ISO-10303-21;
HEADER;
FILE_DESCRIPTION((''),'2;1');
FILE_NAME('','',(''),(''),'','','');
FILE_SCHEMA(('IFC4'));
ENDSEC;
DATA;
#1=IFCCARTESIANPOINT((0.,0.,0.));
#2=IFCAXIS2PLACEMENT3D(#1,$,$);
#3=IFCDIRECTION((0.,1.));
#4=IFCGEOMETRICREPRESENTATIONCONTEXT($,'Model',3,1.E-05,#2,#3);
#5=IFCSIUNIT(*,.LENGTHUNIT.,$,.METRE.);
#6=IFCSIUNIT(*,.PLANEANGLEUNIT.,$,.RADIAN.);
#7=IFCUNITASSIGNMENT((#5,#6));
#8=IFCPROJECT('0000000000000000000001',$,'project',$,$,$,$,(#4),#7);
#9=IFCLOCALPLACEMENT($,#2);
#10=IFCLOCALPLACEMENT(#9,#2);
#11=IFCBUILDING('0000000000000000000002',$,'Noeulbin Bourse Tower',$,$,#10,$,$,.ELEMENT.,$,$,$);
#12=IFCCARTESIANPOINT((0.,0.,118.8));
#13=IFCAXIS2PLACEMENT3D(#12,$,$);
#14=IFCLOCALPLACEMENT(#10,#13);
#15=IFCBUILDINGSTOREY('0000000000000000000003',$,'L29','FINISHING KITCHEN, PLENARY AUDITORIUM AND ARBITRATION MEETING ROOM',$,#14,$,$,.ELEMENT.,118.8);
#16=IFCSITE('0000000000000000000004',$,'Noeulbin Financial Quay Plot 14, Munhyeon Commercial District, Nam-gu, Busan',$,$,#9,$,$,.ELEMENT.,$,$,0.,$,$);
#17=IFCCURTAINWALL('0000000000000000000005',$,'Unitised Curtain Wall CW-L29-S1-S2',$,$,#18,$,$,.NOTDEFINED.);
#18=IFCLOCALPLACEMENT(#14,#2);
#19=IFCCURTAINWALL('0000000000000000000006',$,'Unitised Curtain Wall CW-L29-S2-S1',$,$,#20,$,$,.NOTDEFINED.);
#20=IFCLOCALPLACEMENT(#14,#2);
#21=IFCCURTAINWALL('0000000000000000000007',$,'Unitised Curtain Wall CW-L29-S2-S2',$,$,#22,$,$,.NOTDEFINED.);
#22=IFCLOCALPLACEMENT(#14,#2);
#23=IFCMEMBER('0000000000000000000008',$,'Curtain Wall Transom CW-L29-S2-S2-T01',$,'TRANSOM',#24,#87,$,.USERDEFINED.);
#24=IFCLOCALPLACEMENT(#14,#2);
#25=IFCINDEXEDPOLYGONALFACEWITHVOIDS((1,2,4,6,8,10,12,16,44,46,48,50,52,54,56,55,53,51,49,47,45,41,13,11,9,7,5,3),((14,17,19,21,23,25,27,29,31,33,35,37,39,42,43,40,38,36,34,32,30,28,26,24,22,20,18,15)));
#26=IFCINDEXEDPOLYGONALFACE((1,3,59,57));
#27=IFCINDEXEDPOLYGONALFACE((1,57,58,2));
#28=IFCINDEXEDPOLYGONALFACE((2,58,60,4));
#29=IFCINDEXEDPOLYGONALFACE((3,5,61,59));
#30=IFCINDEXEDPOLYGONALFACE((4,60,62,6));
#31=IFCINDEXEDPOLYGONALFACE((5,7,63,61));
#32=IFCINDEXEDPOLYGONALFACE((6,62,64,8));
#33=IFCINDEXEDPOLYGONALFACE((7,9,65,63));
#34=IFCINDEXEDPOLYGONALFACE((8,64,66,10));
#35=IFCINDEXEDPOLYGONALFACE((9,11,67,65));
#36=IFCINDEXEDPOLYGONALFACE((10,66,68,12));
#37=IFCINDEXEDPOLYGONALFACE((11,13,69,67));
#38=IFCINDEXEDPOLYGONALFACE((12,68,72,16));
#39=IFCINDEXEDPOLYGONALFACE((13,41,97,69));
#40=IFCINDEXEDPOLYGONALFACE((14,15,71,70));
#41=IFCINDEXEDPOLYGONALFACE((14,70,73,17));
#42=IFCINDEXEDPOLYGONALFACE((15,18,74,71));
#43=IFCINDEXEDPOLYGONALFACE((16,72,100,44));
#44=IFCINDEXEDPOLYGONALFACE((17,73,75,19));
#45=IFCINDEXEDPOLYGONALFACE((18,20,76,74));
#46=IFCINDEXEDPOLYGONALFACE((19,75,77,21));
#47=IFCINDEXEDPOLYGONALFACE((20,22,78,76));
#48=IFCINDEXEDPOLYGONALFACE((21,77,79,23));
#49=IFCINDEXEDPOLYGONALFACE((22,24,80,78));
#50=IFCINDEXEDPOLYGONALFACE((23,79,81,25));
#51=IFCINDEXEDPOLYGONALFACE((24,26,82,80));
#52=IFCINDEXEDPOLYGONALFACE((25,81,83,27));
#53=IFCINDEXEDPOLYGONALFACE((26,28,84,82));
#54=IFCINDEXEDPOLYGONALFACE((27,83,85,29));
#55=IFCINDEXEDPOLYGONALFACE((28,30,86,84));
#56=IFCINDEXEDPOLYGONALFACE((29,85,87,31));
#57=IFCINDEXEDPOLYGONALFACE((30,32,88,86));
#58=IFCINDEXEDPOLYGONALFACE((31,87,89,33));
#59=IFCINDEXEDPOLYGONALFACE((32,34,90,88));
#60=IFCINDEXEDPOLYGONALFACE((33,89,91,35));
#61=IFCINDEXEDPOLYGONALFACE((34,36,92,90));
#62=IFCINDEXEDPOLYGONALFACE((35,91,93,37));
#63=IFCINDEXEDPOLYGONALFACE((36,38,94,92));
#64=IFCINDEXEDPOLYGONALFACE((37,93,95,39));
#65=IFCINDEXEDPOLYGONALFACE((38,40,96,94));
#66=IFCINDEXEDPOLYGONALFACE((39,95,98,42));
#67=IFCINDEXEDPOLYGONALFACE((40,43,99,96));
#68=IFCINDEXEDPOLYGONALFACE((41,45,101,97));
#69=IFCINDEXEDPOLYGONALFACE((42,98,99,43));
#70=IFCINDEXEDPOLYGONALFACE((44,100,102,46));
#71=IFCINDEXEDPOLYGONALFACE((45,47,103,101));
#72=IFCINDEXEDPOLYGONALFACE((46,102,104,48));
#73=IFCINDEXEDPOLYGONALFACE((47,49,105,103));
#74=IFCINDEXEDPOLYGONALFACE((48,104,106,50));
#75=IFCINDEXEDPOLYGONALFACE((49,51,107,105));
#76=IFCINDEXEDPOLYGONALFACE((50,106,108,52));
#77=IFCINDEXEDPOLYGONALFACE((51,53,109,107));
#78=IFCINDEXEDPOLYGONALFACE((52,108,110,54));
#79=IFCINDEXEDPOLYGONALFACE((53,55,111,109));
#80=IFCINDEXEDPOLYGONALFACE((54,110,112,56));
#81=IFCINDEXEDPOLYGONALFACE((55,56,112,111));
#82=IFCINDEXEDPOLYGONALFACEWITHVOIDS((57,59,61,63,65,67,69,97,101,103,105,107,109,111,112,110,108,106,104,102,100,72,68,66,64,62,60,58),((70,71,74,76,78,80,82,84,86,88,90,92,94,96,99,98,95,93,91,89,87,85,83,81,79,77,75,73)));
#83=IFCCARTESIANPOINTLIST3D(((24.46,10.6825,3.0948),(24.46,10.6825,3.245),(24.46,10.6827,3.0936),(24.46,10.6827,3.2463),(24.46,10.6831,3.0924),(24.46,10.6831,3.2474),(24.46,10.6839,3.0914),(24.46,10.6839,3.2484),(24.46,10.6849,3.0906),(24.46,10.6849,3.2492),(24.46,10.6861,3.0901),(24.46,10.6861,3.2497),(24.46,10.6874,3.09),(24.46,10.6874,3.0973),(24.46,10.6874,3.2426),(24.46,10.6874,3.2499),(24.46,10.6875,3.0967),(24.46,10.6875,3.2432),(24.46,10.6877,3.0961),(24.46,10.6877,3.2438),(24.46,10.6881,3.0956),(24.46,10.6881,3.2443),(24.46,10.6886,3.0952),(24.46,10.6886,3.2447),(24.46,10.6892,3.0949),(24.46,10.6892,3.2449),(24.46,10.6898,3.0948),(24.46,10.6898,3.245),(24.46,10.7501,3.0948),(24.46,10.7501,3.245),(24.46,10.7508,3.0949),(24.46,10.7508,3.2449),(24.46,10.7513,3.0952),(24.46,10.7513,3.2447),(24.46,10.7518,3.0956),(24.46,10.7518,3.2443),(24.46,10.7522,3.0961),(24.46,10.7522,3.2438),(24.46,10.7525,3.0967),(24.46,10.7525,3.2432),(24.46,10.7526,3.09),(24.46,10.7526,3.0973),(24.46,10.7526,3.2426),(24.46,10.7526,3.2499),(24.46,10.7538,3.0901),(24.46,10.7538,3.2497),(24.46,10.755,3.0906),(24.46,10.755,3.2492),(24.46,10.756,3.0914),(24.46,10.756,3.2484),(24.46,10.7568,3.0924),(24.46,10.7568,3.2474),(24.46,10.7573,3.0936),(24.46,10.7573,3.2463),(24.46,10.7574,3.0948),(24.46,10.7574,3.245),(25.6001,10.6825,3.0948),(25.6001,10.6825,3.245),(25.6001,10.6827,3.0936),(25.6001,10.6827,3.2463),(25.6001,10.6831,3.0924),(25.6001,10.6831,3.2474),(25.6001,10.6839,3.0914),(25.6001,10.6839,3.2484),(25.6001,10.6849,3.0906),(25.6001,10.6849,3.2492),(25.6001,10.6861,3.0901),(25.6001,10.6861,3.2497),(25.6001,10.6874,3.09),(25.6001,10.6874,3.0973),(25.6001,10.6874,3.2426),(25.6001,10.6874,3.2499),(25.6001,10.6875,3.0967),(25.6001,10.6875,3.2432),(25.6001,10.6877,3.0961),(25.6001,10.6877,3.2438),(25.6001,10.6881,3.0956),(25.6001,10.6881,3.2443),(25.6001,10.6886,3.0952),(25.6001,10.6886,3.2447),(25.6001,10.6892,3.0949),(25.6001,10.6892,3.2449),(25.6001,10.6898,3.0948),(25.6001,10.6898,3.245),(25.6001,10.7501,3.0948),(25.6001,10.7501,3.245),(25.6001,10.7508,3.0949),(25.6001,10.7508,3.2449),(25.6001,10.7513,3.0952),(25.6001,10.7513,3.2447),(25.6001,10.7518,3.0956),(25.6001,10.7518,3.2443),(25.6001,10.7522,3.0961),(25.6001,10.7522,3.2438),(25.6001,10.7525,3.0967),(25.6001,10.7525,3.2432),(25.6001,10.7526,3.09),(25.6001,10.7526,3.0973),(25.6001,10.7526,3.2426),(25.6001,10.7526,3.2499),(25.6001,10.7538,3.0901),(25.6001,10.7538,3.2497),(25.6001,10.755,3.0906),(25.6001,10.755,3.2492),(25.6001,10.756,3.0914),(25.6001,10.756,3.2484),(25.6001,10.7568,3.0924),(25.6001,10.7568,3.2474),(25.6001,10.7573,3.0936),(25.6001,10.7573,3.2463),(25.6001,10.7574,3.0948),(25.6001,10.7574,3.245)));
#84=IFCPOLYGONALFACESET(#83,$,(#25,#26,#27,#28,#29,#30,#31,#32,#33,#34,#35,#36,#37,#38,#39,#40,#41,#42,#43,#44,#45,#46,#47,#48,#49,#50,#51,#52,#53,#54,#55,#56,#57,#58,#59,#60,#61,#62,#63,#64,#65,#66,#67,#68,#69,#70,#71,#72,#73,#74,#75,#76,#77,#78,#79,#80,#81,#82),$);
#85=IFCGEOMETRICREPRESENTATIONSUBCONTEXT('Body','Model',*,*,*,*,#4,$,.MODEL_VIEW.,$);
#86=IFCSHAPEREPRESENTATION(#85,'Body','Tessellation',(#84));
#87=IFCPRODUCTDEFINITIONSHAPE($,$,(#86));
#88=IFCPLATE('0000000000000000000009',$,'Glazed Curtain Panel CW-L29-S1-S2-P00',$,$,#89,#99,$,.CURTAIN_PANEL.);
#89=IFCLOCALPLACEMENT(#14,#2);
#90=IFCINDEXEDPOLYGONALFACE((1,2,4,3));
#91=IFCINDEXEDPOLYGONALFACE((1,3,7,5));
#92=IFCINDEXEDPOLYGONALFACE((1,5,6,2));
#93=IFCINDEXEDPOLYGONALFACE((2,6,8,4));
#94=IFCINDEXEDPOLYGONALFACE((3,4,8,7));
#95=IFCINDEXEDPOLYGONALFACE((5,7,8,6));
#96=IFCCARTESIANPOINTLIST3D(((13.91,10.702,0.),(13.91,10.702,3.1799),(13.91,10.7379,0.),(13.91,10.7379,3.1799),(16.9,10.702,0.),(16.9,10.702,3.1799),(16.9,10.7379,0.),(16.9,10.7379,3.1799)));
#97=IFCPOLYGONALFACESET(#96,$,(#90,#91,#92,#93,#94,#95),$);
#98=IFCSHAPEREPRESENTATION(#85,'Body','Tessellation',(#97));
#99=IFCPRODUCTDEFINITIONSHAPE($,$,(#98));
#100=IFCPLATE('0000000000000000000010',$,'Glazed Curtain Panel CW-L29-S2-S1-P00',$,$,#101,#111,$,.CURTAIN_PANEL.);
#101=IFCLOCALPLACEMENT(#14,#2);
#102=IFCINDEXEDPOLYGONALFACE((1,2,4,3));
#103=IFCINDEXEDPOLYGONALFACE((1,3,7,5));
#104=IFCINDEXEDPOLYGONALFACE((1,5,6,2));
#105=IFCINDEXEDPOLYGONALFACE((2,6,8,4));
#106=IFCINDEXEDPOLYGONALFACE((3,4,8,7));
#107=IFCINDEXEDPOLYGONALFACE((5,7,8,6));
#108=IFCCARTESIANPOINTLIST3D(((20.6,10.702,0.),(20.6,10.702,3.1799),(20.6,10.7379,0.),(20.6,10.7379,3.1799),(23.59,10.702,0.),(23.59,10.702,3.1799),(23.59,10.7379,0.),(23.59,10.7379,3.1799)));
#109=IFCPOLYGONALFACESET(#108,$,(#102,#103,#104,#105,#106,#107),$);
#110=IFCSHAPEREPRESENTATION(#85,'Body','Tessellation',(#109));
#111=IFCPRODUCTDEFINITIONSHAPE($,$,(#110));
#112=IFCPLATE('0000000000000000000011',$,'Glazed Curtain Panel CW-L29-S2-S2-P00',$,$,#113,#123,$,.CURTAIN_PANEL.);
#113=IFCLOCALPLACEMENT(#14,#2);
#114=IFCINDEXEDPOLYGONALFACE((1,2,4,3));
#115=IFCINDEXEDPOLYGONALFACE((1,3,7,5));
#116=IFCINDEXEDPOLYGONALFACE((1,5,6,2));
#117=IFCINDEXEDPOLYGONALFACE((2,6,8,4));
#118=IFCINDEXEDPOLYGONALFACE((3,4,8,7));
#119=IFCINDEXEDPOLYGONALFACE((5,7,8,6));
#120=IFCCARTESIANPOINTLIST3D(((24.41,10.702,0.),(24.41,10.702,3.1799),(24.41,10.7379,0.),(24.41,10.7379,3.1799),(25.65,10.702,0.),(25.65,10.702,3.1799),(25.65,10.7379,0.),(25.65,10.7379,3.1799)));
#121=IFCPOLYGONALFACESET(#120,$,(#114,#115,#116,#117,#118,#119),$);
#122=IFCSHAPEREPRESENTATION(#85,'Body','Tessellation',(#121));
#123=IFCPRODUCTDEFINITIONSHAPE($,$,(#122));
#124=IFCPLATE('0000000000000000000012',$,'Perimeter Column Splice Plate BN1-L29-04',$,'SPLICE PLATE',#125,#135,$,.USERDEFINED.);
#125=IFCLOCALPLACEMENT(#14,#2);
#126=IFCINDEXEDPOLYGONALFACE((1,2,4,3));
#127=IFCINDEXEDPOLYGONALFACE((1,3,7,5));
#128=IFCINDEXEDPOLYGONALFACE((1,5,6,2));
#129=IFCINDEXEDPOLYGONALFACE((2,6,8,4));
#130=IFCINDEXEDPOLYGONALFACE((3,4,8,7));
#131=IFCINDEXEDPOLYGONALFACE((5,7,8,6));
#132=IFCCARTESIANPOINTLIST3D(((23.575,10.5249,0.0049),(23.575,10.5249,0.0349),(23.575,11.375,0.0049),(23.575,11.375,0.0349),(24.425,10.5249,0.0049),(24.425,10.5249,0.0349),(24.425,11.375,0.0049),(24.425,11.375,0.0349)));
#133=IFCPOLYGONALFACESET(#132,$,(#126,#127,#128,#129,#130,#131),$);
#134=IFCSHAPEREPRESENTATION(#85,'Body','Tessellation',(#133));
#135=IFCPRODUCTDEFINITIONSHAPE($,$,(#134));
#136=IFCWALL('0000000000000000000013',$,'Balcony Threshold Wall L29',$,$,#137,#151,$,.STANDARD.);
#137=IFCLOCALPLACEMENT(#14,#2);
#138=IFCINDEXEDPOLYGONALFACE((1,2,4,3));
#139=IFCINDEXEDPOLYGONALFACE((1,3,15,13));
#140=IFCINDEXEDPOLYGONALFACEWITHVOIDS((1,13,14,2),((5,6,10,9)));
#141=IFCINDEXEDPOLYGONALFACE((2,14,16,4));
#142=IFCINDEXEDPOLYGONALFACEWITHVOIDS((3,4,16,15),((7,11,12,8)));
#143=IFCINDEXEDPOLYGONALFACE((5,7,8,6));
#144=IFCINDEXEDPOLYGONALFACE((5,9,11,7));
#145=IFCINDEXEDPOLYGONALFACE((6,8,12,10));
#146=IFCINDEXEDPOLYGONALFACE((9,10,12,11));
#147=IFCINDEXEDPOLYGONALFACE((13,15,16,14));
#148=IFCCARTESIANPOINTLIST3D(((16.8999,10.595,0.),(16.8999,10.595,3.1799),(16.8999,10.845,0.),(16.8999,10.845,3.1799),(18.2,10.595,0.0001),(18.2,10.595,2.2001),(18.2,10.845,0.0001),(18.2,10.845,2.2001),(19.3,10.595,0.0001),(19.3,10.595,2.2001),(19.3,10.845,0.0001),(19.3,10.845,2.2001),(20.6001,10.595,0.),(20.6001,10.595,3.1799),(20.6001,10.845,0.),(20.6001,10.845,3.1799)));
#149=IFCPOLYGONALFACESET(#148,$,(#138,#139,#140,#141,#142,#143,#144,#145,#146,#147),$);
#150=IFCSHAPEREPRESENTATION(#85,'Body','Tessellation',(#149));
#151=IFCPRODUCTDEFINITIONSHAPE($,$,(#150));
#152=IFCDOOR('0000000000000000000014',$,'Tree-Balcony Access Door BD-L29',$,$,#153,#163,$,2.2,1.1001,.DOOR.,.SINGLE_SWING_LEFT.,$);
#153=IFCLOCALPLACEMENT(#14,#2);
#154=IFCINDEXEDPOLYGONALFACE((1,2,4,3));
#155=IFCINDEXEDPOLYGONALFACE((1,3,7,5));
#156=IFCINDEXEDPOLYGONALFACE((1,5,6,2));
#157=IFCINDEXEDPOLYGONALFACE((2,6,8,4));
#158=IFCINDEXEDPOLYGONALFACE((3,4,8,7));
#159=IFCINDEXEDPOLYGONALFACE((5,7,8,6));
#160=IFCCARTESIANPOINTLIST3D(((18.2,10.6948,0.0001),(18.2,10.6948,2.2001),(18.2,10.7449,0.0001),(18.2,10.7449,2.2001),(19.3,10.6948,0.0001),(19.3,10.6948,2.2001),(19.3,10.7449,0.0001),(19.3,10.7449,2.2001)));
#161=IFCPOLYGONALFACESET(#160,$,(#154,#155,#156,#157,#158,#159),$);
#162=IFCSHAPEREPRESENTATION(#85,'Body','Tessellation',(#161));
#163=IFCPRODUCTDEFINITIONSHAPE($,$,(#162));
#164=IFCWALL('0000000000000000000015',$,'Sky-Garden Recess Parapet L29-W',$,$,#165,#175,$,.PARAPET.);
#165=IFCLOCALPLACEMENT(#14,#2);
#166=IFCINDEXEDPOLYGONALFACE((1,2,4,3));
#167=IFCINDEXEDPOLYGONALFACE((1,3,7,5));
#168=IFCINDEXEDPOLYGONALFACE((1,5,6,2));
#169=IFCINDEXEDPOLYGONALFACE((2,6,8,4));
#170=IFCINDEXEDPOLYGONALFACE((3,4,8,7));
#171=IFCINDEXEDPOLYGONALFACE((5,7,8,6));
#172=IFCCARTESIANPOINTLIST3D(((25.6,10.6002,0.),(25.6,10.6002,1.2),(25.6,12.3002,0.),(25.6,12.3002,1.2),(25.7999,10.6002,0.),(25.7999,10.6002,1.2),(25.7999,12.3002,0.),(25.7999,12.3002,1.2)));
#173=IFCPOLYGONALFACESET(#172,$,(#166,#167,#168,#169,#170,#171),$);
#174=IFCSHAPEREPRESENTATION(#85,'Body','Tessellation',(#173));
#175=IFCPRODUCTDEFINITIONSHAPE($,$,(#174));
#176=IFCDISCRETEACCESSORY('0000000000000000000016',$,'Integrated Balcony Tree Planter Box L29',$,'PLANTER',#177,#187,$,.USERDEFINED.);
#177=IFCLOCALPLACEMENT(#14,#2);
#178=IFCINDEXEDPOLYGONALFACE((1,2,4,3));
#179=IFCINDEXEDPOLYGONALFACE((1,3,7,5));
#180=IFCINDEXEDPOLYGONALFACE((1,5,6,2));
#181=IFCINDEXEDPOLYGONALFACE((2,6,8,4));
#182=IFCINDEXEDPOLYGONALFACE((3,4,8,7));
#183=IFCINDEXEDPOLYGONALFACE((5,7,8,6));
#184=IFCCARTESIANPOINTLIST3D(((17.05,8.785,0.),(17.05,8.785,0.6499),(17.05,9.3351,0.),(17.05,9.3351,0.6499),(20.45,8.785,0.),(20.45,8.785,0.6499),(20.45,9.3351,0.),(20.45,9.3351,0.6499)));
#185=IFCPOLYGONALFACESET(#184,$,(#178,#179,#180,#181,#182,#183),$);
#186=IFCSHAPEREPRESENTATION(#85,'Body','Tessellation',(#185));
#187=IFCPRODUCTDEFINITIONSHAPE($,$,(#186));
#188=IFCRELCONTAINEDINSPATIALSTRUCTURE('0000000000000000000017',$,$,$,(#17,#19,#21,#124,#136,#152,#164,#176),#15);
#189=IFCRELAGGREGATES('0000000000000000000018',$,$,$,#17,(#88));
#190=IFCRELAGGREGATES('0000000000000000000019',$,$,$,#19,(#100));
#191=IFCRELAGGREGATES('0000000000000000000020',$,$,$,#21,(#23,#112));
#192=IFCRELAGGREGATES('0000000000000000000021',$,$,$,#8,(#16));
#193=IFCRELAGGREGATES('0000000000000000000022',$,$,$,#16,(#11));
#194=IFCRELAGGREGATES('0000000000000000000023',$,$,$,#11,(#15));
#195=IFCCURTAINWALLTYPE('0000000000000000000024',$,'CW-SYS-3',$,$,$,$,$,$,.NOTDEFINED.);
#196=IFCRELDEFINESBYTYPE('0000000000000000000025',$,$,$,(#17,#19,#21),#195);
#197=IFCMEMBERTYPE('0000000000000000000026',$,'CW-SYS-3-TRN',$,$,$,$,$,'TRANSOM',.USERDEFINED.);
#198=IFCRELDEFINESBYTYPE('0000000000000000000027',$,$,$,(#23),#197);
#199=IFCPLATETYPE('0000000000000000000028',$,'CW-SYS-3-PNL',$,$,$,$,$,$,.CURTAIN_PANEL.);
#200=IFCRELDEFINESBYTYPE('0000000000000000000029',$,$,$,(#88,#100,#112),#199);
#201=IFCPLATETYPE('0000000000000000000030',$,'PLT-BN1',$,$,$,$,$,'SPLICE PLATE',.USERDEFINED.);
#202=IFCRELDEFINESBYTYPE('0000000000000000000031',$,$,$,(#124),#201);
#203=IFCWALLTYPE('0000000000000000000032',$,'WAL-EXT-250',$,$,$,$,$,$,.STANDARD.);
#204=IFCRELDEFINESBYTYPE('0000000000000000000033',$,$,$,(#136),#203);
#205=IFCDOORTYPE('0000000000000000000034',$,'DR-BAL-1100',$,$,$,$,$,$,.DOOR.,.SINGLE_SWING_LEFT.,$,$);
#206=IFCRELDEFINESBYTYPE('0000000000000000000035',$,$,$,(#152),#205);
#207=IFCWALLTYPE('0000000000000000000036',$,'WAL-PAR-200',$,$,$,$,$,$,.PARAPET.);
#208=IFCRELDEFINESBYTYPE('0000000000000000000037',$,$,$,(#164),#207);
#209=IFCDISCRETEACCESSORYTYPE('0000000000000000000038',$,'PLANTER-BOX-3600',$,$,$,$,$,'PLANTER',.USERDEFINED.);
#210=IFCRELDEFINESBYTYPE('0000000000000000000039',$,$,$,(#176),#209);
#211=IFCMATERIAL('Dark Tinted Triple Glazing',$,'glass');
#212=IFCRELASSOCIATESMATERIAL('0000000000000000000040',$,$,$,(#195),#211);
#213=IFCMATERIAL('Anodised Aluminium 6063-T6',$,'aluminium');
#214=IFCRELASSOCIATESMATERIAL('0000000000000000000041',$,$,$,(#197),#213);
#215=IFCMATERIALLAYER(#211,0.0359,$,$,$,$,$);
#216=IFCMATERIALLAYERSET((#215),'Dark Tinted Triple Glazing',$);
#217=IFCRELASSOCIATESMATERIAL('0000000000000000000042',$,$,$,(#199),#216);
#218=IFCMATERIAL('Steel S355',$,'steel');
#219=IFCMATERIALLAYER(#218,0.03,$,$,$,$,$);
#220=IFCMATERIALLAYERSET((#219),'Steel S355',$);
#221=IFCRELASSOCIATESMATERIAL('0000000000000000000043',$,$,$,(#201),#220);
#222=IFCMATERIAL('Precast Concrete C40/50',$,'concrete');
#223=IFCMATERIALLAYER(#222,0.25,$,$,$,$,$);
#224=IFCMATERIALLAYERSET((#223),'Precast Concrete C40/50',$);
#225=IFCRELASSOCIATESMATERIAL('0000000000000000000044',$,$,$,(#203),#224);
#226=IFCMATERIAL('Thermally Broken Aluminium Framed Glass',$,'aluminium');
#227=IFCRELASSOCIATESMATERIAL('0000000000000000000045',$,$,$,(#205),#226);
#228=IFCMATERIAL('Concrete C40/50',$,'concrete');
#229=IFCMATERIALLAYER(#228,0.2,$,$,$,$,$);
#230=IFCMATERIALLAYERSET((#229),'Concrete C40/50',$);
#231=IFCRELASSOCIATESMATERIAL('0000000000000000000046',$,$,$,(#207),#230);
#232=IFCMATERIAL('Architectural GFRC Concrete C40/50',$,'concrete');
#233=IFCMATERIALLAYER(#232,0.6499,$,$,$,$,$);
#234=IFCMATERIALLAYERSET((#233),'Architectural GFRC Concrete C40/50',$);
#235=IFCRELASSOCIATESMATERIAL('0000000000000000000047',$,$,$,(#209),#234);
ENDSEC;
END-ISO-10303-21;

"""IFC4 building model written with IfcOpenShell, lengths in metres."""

from ifc_helpers import new_model, si_unit, direction, frame, frame_2d, origin, origin_2d, place, context, subcontext, project, spatial, rectangle, hollow_rectangle, extrude, material, layer, layer_set, material_profile, profile_set, type_object, element, fill, aggregate, save


model = new_model("IFC4")

# Units and contexts
model_context = context("Model", 3, precision=1e-05, world=origin(), true_north=direction((0.0, 1.0)))
body_context = subcontext(model_context, "Body", "Model", "MODEL_VIEW")
ifc_project = project(units=[si_unit("LENGTHUNIT", "METRE"), si_unit("PLANEANGLEUNIT", "RADIAN")], contexts=[model_context])

# Site, building, storey
site_placement = place(None, origin())
site = spatial("IfcSite", under=ifc_project, at=site_placement, Name="Noeulbin Financial Quay Plot 14, Munhyeon Commercial District, Nam-gu, Busan", CompositionType="ELEMENT", RefElevation=0.0)
building_placement = place(site_placement, origin())
building = spatial("IfcBuilding", under=site, at=building_placement, Name="Noeulbin Bourse Tower", CompositionType="ELEMENT")
storey_placement = place(building_placement, frame((0.0, 0.0, 118.8)))
storey = spatial("IfcBuildingStorey", under=building, at=storey_placement, Name="L29", Description="FINISHING KITCHEN, PLENARY AUDITORIUM AND ARBITRATION MEETING ROOM", CompositionType="ELEMENT", Elevation=118.8)

# Shared definitions
ifc_material_1 = material(Name="Steel S355", Category="steel")

# Curtain wall
ifc_material_2 = material(Name="Dark Tinted Triple Glazing", Category="glass")
curtain_wall_type = type_object("IfcCurtainWallType", Name="CW-SYS-3", PredefinedType="NOTDEFINED", material=ifc_material_2)
curtain_wall_1_placement = place(storey_placement, origin())
curtain_wall_1 = element("IfcCurtainWall", 1, at=curtain_wall_1_placement, inside=storey, type_object=curtain_wall_type, Name="Unitised Curtain Wall CW-L29-S1-S2", PredefinedType="NOTDEFINED")
ifc_material_3 = material(Name="Anodised Aluminium 6063-T6", Category="aluminium")

# Curtain walls
curtain_wall_2_placement = place(storey_placement, origin())
curtain_wall_2 = element("IfcCurtainWall", 2, at=curtain_wall_2_placement, inside=storey, type_object=curtain_wall_type, Name="Unitised Curtain Wall CW-L29-S2-S1", PredefinedType="NOTDEFINED")
curtain_wall_3_placement = place(storey_placement, origin())
curtain_wall_3 = element("IfcCurtainWall", 3, at=curtain_wall_3_placement, inside=storey, type_object=curtain_wall_type, Name="Unitised Curtain Wall CW-L29-S2-S2", PredefinedType="NOTDEFINED")

# Member
ifc_material_profile_1 = material_profile(ifc_material_3, hollow_rectangle(XDim=0.075, YDim=0.1599, WallThickness=0.0049, InnerFilletRadius=0.0024, OuterFilletRadius=0.0049, at=origin_2d()), Name="ALU-TRAN-75x160x5", Category="LoadBearing")
ifc_profile_set_1 = profile_set([ifc_material_profile_1], Name="Anodised Aluminium 6063-T6")
member_type_1 = type_object("IfcMemberType", Name="CW-SYS-3-TRN", ElementType="TRANSOM", PredefinedType="USERDEFINED", material=ifc_profile_set_1)
member_1_placement = place(storey_placement, frame((24.46, 10.72, 3.1699), z_axis=(1.0, 0.0, 0.0), x_axis=(0.0, 1.0, 0.0)))
member_1 = element("IfcMember", 4, at=member_1_placement, type_object=member_type_1, Name="Curtain Wall Transom CW-L29-S2-S2-T01", ObjectType="TRANSOM", PredefinedType="USERDEFINED", context=body_context, shape_type="SweptSolid", body=[
    extrude(hollow_rectangle(XDim=0.075, YDim=0.1599, WallThickness=0.0049, InnerFilletRadius=0.0024, OuterFilletRadius=0.0049, at=origin_2d()), origin(), (0.0, 0.0, 1.0), 1.1401),
])

# Plates
ifc_layer_1 = layer(ifc_material_2, 0.0359)
ifc_layer_set_1 = layer_set([ifc_layer_1], Name="Dark Tinted Triple Glazing")
plate_type_1 = type_object("IfcPlateType", Name="CW-SYS-3-PNL", PredefinedType="CURTAIN_PANEL", material=ifc_layer_set_1)
plate_1_placement = place(storey_placement, frame((15.405, 10.72, 0.0), z_axis=(0.0, 0.0, 1.0), x_axis=(1.0, 0.0, 0.0)))
plate_1 = element("IfcPlate", 5, at=plate_1_placement, type_object=plate_type_1, Name="Glazed Curtain Panel CW-L29-S1-S2-P00", PredefinedType="CURTAIN_PANEL", context=body_context, shape_type="SweptSolid", body=[
    extrude(rectangle(XDim=2.99, YDim=0.0359, at=origin_2d()), origin(), (0.0, 0.0, 1.0), 3.1799),
])
aggregate(curtain_wall_1, [plate_1])
plate_2_placement = place(storey_placement, frame((22.095, 10.72, 0.0), z_axis=(0.0, 0.0, 1.0), x_axis=(1.0, 0.0, 0.0)))
plate_2 = element("IfcPlate", 6, at=plate_2_placement, type_object=plate_type_1, Name="Glazed Curtain Panel CW-L29-S2-S1-P00", PredefinedType="CURTAIN_PANEL", context=body_context, shape_type="SweptSolid", body=[
    extrude(rectangle(XDim=2.99, YDim=0.0359, at=origin_2d()), origin(), (0.0, 0.0, 1.0), 3.1799),
])
aggregate(curtain_wall_2, [plate_2])
plate_3_placement = place(storey_placement, frame((25.03, 10.72, 0.0), z_axis=(0.0, 0.0, 1.0), x_axis=(1.0, 0.0, 0.0)))
plate_3 = element("IfcPlate", 7, at=plate_3_placement, type_object=plate_type_1, Name="Glazed Curtain Panel CW-L29-S2-S2-P00", PredefinedType="CURTAIN_PANEL", context=body_context, shape_type="SweptSolid", body=[
    extrude(rectangle(XDim=1.24, YDim=0.0359, at=origin_2d()), origin(), (0.0, 0.0, 1.0), 3.1799),
])
aggregate(curtain_wall_3, [member_1, plate_3])
ifc_layer_2 = layer(ifc_material_1, 0.03)
ifc_layer_set_2 = layer_set([ifc_layer_2], Name="Steel S355")
plate_type_2 = type_object("IfcPlateType", Name="PLT-BN1", ElementType="SPLICE PLATE", PredefinedType="USERDEFINED", material=ifc_layer_set_2)
plate_4_placement = place(storey_placement, frame((24.0, 10.95, 0.0049), z_axis=(0.0, 0.0, 1.0), x_axis=(1.0, 0.0, 0.0)))
element("IfcPlate", 8, at=plate_4_placement, inside=storey, type_object=plate_type_2, Name="Perimeter Column Splice Plate BN1-L29-04", ObjectType="SPLICE PLATE", PredefinedType="USERDEFINED", context=body_context, shape_type="SweptSolid", body=[
    extrude(rectangle(XDim=0.8501, YDim=0.8501, at=origin_2d()), origin(), (0.0, 0.0, 1.0), 0.03),
])

# Wall, opening, door
ifc_material_4 = material(Name="Precast Concrete C40/50", Category="concrete")
ifc_layer_3 = layer(ifc_material_4, 0.25)
ifc_layer_set_3 = layer_set([ifc_layer_3], Name="Precast Concrete C40/50")
wall_type_1 = type_object("IfcWallType", Name="WAL-EXT-250", PredefinedType="STANDARD", material=ifc_layer_set_3)
wall_1_placement = place(storey_placement, frame((16.8999, 10.72, 0.0), z_axis=(0.0, 0.0, 1.0), x_axis=(1.0, 0.0, 0.0)))
wall_1 = element("IfcWall", 9, at=wall_1_placement, inside=storey, type_object=wall_type_1, Name="Balcony Threshold Wall L29", PredefinedType="STANDARD", context=body_context, shape_type="SweptSolid", body=[
    extrude(rectangle(XDim=3.7002, YDim=0.25, at=frame_2d((1.8501, 0.0))), origin(), (0.0, 0.0, 1.0), 3.1799),
])
opening_placement = place(wall_1_placement, frame((1.3, 0.0, 0.0)))
opening = element("IfcOpeningElement", 10, at=opening_placement, cuts=wall_1, PredefinedType="OPENING", context=body_context, shape_type="SweptSolid", body=[
    extrude(rectangle(XDim=1.1001, YDim=2.2, at=frame_2d((0.55, 1.1001))), frame((0.0, 0.135, 0.0), z_axis=(0.0, -1.0, 0.0), x_axis=(1.0, 0.0, 0.0)), (0.0, 0.0, 1.0), 0.27),
])
ifc_material_5 = material(Name="Thermally Broken Aluminium Framed Glass", Category="aluminium")
door_type = type_object("IfcDoorType", Name="DR-BAL-1100", OperationType="SINGLE_SWING_LEFT", PredefinedType="DOOR", material=ifc_material_5)
door_placement = place(opening_placement, origin())
door = element("IfcDoor", 11, at=door_placement, inside=storey, type_object=door_type, Name="Tree-Balcony Access Door BD-L29", OperationType="SINGLE_SWING_LEFT", OverallHeight=2.2, OverallWidth=1.1001, PredefinedType="DOOR", context=body_context, shape_type="SweptSolid", body=[
    extrude(rectangle(XDim=1.1001, YDim=2.2, at=frame_2d((0.55, 1.1001))), frame((0.0, 0.0249, 0.0), z_axis=(0.0, -1.0, 0.0), x_axis=(1.0, 0.0, 0.0)), (0.0, 0.0, 1.0), 0.05),
])
fill(opening, door)

# Wall
ifc_material_6 = material(Name="Concrete C40/50", Category="concrete")
ifc_layer_4 = layer(ifc_material_6, 0.2)
ifc_layer_set_4 = layer_set([ifc_layer_4], Name="Concrete C40/50")
wall_type_2 = type_object("IfcWallType", Name="WAL-PAR-200", PredefinedType="PARAPET", material=ifc_layer_set_4)
wall_2_placement = place(storey_placement, frame((25.7, 10.6001, 0.0), z_axis=(0.0, 0.0, 1.0), x_axis=(0.0, 1.0, 0.0)))
element("IfcWall", 12, at=wall_2_placement, inside=storey, type_object=wall_type_2, Name="Sky-Garden Recess Parapet L29-W", PredefinedType="PARAPET", context=body_context, shape_type="SweptSolid", body=[
    extrude(rectangle(XDim=1.7, YDim=0.2, at=frame_2d((0.8501, 0.0))), origin(), (0.0, 0.0, 1.0), 1.2),
])

# Discrete accessory
ifc_material_7 = material(Name="Architectural GFRC Concrete C40/50", Category="concrete")
ifc_layer_5 = layer(ifc_material_7, 0.6499)
ifc_layer_set_5 = layer_set([ifc_layer_5], Name="Architectural GFRC Concrete C40/50")
discrete_accessory_type = type_object("IfcDiscreteAccessoryType", Name="PLANTER-BOX-3600", ElementType="PLANTER", PredefinedType="USERDEFINED", material=ifc_layer_set_5)
discrete_accessory_placement = place(storey_placement, frame((18.75, 9.0601, 0.0), z_axis=(0.0, 0.0, 1.0), x_axis=(1.0, 0.0, 0.0)))
element("IfcDiscreteAccessory", 13, at=discrete_accessory_placement, inside=storey, type_object=discrete_accessory_type, Name="Integrated Balcony Tree Planter Box L29", ObjectType="PLANTER", PredefinedType="USERDEFINED", context=body_context, shape_type="SweptSolid", body=[
    extrude(rectangle(XDim=3.3999, YDim=0.55, at=origin_2d()), origin(), (0.0, 0.0, 1.0), 0.6499),
])

save(model, "model.ifc")
